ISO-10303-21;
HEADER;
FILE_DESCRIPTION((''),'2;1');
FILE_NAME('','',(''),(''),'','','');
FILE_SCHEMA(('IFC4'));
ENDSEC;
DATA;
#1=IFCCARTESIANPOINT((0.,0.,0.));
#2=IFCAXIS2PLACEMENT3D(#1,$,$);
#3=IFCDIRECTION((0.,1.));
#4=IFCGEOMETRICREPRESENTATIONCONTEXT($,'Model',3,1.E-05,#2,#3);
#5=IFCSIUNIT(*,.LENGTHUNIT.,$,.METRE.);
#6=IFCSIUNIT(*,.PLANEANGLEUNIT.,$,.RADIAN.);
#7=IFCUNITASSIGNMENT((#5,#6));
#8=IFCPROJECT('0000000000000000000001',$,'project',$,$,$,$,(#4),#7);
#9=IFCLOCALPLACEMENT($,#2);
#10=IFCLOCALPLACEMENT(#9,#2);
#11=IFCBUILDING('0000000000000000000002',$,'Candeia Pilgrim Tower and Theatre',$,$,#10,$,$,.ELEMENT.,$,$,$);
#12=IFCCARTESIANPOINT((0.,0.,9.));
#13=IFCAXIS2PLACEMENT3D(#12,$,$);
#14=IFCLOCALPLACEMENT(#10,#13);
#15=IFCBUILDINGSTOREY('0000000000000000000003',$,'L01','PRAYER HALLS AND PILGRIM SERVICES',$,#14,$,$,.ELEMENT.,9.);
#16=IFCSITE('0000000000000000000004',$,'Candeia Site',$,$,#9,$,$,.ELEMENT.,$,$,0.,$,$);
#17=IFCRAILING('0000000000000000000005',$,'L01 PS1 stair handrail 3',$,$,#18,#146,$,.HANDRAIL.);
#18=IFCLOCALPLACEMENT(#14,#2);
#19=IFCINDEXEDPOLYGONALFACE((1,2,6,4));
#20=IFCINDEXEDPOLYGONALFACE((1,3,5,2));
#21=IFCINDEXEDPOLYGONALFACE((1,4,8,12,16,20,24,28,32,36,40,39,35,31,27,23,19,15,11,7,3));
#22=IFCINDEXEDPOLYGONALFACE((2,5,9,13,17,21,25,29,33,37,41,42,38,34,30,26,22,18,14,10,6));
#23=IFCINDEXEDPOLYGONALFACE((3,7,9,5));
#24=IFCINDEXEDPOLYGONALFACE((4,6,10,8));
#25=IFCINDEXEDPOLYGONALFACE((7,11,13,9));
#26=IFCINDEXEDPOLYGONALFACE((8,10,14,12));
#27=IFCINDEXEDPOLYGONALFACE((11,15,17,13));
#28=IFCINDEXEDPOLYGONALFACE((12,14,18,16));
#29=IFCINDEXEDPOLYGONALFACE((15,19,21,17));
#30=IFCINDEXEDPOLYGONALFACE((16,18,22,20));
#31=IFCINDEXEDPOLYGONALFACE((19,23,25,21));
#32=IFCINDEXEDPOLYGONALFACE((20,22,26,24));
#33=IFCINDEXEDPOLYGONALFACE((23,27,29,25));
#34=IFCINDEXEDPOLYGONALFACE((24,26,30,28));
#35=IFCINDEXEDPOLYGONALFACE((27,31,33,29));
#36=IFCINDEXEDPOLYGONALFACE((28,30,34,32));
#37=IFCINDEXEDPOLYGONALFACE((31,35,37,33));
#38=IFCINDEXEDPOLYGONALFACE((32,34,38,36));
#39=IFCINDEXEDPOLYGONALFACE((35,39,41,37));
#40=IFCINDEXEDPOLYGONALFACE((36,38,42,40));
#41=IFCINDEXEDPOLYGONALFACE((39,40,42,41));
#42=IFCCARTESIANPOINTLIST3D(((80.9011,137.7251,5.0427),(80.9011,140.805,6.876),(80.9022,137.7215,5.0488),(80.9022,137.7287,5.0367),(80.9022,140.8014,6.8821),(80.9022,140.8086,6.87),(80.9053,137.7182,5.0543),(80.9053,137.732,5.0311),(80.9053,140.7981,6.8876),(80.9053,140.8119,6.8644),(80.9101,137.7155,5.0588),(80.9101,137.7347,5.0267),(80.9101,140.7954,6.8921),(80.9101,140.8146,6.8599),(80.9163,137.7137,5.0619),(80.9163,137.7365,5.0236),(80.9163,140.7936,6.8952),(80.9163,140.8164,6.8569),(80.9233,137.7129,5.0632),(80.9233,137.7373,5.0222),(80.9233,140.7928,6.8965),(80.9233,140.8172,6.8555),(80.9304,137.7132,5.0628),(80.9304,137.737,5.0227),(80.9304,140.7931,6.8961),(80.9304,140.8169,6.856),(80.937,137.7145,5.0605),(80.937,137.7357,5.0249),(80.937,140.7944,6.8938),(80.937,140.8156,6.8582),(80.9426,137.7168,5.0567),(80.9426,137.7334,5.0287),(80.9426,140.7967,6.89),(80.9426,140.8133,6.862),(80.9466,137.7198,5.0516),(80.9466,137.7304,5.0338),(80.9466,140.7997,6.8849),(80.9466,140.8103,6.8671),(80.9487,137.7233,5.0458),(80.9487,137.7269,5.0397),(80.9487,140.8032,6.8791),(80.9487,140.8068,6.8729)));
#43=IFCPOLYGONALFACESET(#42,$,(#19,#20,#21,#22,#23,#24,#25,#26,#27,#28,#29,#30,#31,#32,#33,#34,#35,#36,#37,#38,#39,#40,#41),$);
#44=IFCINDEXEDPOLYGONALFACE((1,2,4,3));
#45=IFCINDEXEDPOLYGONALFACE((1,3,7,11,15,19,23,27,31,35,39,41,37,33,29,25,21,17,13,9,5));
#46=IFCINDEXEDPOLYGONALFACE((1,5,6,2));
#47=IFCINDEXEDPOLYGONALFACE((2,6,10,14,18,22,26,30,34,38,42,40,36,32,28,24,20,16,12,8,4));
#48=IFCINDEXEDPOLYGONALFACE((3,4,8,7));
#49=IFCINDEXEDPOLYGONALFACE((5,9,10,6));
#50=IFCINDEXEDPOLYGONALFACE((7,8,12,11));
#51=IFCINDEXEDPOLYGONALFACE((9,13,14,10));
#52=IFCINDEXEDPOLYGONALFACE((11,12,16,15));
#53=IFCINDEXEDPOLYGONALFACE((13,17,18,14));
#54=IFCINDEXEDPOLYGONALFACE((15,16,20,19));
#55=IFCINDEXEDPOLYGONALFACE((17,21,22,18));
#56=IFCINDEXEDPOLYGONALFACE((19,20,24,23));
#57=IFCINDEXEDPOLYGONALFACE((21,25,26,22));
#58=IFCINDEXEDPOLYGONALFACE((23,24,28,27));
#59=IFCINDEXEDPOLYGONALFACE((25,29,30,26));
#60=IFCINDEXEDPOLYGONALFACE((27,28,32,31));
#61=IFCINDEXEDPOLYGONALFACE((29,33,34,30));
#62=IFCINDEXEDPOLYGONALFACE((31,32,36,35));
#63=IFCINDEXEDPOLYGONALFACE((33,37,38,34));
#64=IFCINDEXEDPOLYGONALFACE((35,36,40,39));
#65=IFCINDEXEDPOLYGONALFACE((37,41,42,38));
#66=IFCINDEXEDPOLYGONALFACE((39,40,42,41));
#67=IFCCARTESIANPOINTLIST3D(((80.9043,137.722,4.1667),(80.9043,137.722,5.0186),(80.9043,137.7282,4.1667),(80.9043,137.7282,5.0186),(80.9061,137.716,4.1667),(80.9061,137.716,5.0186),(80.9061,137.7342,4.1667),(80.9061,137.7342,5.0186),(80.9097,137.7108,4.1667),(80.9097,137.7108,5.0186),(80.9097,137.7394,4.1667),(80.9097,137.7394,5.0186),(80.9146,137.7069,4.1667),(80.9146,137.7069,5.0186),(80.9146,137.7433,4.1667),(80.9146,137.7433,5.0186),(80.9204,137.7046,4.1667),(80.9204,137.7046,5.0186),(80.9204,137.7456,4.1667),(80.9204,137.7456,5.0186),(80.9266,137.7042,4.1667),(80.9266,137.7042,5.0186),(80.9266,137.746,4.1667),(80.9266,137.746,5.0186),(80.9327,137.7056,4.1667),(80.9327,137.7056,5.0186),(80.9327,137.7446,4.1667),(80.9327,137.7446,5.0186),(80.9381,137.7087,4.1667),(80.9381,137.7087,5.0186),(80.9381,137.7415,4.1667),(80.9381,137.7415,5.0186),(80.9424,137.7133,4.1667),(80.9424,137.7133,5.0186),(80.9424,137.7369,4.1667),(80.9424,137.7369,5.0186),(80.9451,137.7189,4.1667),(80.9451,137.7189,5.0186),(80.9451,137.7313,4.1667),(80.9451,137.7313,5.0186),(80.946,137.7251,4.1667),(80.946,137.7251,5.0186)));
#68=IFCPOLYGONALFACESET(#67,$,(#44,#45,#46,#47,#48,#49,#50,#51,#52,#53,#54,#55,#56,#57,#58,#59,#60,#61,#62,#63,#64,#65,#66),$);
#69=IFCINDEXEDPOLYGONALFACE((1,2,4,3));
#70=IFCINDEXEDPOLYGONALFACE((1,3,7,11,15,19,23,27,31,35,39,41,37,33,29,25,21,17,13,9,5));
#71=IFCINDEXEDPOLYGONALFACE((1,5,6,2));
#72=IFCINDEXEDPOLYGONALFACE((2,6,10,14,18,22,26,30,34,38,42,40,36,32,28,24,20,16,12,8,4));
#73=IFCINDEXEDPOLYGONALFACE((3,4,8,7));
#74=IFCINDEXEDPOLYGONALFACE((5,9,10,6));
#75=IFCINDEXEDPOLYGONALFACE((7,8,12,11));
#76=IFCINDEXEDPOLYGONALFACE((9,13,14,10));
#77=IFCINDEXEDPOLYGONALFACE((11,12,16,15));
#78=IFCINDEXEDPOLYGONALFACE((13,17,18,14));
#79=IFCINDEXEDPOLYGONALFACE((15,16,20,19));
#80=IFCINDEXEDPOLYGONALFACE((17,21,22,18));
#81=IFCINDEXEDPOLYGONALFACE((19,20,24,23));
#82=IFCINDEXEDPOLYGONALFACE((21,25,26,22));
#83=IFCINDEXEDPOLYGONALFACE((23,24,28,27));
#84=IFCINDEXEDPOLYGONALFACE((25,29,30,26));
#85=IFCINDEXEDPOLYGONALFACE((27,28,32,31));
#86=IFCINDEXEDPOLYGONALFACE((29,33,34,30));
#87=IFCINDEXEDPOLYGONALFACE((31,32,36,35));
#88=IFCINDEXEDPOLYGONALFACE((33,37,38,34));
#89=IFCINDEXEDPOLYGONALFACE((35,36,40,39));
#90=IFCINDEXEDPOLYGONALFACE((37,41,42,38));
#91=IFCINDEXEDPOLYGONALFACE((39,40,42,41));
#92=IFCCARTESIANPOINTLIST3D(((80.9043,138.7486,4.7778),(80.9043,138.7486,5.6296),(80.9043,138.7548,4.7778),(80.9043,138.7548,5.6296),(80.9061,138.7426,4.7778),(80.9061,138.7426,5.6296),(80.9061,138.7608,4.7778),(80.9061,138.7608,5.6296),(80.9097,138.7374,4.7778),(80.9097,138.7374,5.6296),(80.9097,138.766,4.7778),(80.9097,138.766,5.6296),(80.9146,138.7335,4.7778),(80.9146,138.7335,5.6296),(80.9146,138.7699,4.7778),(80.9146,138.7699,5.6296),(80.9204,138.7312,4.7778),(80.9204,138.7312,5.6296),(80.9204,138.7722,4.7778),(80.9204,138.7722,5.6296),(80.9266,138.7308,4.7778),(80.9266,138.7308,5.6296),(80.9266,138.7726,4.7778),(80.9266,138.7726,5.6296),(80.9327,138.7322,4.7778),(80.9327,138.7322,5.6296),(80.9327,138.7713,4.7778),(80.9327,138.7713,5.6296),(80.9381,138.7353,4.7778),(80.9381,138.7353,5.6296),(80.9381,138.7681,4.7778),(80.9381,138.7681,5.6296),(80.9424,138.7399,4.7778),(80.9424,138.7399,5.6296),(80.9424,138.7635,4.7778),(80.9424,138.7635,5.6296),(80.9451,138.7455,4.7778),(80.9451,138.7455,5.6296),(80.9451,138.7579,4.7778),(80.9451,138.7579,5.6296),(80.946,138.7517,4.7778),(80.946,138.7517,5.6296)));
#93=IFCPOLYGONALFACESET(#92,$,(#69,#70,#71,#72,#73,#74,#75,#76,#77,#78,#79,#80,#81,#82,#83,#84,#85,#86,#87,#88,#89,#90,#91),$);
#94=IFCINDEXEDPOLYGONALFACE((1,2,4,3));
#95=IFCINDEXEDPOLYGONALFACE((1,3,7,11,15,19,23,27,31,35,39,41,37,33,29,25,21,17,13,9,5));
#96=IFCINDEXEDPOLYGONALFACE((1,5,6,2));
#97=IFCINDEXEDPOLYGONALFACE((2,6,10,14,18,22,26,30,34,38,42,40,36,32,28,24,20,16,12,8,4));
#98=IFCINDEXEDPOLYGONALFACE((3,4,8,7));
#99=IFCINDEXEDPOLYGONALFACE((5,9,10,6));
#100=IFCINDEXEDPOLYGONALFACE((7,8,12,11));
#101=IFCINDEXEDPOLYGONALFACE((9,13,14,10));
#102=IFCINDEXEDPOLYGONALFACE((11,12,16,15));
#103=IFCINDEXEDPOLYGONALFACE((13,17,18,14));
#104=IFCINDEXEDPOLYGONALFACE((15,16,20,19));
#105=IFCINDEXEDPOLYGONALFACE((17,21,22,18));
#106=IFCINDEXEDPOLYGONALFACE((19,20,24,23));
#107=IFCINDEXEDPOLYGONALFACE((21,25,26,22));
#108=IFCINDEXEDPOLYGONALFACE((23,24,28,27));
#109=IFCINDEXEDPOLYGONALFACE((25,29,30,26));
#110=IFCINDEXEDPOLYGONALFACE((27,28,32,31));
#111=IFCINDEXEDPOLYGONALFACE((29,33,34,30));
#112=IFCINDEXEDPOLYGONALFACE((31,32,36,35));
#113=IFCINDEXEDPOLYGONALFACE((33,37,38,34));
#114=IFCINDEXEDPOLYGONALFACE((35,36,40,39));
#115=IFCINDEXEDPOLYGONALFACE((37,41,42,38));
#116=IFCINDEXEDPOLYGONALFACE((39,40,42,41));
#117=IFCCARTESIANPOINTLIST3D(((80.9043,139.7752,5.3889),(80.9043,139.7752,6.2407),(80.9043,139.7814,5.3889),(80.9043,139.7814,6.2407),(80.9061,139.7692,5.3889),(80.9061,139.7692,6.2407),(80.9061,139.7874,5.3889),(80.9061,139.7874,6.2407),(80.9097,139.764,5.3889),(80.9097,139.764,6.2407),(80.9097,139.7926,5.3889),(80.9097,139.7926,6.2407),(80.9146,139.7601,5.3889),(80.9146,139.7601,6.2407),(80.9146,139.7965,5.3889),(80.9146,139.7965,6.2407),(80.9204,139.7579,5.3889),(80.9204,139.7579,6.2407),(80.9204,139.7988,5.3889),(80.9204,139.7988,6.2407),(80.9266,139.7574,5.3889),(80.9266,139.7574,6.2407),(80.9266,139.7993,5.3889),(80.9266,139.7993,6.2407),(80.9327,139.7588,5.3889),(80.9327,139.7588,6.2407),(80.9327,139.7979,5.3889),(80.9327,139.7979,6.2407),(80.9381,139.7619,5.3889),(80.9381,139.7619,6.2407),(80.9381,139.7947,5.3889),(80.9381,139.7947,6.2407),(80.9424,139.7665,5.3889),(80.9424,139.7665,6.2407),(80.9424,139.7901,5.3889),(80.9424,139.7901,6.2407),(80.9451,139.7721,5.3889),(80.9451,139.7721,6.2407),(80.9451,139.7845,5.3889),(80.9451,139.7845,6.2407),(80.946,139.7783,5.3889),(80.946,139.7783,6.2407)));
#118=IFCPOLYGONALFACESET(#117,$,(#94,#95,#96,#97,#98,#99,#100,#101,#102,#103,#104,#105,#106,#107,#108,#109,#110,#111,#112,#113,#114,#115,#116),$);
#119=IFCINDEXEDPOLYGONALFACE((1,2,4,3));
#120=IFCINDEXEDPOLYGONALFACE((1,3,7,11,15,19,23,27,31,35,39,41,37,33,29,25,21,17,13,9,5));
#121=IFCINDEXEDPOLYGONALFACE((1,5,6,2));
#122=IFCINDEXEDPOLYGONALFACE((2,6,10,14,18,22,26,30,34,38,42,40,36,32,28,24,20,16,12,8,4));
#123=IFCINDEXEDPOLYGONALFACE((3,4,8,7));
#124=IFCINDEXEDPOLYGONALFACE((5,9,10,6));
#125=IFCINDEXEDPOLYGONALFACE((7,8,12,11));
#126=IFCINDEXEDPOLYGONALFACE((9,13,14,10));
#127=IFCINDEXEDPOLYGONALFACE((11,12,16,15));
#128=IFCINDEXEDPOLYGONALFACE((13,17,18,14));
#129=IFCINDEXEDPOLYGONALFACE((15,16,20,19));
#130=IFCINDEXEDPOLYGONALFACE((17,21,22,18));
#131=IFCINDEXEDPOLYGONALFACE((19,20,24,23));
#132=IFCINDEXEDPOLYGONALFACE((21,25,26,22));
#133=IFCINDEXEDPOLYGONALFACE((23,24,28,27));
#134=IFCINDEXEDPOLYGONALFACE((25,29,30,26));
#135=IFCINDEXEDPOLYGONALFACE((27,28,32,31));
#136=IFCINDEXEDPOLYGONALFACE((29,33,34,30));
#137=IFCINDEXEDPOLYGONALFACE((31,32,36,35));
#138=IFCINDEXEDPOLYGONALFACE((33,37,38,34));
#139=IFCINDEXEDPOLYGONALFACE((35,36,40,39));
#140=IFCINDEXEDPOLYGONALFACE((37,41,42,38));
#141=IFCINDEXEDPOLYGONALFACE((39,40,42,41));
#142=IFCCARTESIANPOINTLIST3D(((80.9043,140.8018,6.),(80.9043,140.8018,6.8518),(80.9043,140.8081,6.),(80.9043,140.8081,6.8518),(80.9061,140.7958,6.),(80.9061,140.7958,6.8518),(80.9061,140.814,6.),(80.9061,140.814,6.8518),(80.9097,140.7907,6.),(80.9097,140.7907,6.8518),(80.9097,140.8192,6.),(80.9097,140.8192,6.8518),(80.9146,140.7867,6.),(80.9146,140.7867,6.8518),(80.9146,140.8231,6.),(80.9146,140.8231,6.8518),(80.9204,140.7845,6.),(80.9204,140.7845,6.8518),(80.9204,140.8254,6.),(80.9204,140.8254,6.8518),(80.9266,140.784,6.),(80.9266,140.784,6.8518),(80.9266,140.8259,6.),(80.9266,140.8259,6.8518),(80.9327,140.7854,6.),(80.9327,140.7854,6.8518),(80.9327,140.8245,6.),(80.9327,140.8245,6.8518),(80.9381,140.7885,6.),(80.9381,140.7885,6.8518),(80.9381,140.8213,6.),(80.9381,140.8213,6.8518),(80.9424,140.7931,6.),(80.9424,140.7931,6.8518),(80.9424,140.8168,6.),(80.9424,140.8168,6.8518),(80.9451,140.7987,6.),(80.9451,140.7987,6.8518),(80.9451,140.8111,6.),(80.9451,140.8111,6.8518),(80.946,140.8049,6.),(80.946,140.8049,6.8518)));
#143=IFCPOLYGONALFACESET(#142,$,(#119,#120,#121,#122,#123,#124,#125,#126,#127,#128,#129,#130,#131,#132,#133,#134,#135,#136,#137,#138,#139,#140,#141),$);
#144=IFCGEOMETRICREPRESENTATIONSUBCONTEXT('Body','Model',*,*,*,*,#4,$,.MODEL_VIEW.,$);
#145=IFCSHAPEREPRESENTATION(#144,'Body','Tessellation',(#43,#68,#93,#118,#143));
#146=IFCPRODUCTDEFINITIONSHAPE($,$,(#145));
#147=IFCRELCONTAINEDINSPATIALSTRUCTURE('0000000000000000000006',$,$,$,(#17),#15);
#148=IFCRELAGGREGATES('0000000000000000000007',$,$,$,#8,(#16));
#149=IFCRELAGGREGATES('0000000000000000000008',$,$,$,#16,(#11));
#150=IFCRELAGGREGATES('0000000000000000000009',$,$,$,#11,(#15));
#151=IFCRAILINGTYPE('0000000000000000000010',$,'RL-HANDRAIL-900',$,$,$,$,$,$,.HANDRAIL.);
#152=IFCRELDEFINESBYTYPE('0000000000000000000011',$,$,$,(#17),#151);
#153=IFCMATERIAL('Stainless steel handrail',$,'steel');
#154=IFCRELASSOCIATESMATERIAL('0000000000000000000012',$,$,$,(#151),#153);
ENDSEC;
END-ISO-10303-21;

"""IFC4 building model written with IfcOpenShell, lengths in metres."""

from ifc_helpers import new_model, si_unit, direction, frame, origin, origin_2d, place, context, subcontext, project, spatial, circle, extrude, material, type_object, element, save


model = new_model("IFC4")

# Units and contexts
model_context = context("Model", 3, precision=1e-05, world=origin(), true_north=direction((0.0, 1.0)))
body_context = subcontext(model_context, "Body", "Model", "MODEL_VIEW")
ifc_project = project(units=[si_unit("LENGTHUNIT", "METRE"), si_unit("PLANEANGLEUNIT", "RADIAN")], contexts=[model_context])

# Site, building, storey
site_placement = place(None, origin())
site = spatial("IfcSite", under=ifc_project, at=site_placement, Name="Candeia Site", CompositionType="ELEMENT", RefElevation=0.0)
building_placement = place(site_placement, origin())
building = spatial("IfcBuilding", under=site, at=building_placement, Name="Candeia Pilgrim Tower and Theatre", CompositionType="ELEMENT")
storey_placement = place(building_placement, frame((0.0, 0.0, 9.0)))
storey = spatial("IfcBuildingStorey", under=building, at=storey_placement, Name="L01", Description="PRAYER HALLS AND PILGRIM SERVICES", CompositionType="ELEMENT", Elevation=9.0)

# Railing
ifc_material_1 = material(Name="Stainless steel handrail", Category="steel")
railing_type_1 = type_object("IfcRailingType", Name="RL-HANDRAIL-900", PredefinedType="HANDRAIL", material=ifc_material_1)
for number, where, name in (
    (1, (80.925, 137.7251, 4.1667), "L01 PS1 stair handrail 3"),
):
    element("IfcRailing", number, at=place(storey_placement, frame(where)), inside=storey, type_object=railing_type_1, Name=name, PredefinedType="HANDRAIL", context=body_context, shape_type="SweptSolid", body=[
        extrude(circle(Radius=0.0239, at=origin_2d()), frame((0.0, 0.0, 0.876), z_axis=(0.0, 0.859291, 0.511487), x_axis=(-1.0, 0.0, 0.0)), (0.0, 0.0, 1.0), 3.5842),
        extrude(circle(Radius=0.021, at=origin_2d()), origin(), (0.0, 0.0, 1.0), 0.8518),
        extrude(circle(Radius=0.021, at=origin_2d()), frame((0.0, 1.0266, 0.6111)), (0.0, 0.0, 1.0), 0.8518),
        extrude(circle(Radius=0.021, at=origin_2d()), frame((0.0, 2.0532, 1.2222)), (0.0, 0.0, 1.0), 0.8518),
        extrude(circle(Radius=0.021, at=origin_2d()), frame((0.0, 3.0798, 1.8333)), (0.0, 0.0, 1.0), 0.8518),
    ])

save(model, "model.ifc")
